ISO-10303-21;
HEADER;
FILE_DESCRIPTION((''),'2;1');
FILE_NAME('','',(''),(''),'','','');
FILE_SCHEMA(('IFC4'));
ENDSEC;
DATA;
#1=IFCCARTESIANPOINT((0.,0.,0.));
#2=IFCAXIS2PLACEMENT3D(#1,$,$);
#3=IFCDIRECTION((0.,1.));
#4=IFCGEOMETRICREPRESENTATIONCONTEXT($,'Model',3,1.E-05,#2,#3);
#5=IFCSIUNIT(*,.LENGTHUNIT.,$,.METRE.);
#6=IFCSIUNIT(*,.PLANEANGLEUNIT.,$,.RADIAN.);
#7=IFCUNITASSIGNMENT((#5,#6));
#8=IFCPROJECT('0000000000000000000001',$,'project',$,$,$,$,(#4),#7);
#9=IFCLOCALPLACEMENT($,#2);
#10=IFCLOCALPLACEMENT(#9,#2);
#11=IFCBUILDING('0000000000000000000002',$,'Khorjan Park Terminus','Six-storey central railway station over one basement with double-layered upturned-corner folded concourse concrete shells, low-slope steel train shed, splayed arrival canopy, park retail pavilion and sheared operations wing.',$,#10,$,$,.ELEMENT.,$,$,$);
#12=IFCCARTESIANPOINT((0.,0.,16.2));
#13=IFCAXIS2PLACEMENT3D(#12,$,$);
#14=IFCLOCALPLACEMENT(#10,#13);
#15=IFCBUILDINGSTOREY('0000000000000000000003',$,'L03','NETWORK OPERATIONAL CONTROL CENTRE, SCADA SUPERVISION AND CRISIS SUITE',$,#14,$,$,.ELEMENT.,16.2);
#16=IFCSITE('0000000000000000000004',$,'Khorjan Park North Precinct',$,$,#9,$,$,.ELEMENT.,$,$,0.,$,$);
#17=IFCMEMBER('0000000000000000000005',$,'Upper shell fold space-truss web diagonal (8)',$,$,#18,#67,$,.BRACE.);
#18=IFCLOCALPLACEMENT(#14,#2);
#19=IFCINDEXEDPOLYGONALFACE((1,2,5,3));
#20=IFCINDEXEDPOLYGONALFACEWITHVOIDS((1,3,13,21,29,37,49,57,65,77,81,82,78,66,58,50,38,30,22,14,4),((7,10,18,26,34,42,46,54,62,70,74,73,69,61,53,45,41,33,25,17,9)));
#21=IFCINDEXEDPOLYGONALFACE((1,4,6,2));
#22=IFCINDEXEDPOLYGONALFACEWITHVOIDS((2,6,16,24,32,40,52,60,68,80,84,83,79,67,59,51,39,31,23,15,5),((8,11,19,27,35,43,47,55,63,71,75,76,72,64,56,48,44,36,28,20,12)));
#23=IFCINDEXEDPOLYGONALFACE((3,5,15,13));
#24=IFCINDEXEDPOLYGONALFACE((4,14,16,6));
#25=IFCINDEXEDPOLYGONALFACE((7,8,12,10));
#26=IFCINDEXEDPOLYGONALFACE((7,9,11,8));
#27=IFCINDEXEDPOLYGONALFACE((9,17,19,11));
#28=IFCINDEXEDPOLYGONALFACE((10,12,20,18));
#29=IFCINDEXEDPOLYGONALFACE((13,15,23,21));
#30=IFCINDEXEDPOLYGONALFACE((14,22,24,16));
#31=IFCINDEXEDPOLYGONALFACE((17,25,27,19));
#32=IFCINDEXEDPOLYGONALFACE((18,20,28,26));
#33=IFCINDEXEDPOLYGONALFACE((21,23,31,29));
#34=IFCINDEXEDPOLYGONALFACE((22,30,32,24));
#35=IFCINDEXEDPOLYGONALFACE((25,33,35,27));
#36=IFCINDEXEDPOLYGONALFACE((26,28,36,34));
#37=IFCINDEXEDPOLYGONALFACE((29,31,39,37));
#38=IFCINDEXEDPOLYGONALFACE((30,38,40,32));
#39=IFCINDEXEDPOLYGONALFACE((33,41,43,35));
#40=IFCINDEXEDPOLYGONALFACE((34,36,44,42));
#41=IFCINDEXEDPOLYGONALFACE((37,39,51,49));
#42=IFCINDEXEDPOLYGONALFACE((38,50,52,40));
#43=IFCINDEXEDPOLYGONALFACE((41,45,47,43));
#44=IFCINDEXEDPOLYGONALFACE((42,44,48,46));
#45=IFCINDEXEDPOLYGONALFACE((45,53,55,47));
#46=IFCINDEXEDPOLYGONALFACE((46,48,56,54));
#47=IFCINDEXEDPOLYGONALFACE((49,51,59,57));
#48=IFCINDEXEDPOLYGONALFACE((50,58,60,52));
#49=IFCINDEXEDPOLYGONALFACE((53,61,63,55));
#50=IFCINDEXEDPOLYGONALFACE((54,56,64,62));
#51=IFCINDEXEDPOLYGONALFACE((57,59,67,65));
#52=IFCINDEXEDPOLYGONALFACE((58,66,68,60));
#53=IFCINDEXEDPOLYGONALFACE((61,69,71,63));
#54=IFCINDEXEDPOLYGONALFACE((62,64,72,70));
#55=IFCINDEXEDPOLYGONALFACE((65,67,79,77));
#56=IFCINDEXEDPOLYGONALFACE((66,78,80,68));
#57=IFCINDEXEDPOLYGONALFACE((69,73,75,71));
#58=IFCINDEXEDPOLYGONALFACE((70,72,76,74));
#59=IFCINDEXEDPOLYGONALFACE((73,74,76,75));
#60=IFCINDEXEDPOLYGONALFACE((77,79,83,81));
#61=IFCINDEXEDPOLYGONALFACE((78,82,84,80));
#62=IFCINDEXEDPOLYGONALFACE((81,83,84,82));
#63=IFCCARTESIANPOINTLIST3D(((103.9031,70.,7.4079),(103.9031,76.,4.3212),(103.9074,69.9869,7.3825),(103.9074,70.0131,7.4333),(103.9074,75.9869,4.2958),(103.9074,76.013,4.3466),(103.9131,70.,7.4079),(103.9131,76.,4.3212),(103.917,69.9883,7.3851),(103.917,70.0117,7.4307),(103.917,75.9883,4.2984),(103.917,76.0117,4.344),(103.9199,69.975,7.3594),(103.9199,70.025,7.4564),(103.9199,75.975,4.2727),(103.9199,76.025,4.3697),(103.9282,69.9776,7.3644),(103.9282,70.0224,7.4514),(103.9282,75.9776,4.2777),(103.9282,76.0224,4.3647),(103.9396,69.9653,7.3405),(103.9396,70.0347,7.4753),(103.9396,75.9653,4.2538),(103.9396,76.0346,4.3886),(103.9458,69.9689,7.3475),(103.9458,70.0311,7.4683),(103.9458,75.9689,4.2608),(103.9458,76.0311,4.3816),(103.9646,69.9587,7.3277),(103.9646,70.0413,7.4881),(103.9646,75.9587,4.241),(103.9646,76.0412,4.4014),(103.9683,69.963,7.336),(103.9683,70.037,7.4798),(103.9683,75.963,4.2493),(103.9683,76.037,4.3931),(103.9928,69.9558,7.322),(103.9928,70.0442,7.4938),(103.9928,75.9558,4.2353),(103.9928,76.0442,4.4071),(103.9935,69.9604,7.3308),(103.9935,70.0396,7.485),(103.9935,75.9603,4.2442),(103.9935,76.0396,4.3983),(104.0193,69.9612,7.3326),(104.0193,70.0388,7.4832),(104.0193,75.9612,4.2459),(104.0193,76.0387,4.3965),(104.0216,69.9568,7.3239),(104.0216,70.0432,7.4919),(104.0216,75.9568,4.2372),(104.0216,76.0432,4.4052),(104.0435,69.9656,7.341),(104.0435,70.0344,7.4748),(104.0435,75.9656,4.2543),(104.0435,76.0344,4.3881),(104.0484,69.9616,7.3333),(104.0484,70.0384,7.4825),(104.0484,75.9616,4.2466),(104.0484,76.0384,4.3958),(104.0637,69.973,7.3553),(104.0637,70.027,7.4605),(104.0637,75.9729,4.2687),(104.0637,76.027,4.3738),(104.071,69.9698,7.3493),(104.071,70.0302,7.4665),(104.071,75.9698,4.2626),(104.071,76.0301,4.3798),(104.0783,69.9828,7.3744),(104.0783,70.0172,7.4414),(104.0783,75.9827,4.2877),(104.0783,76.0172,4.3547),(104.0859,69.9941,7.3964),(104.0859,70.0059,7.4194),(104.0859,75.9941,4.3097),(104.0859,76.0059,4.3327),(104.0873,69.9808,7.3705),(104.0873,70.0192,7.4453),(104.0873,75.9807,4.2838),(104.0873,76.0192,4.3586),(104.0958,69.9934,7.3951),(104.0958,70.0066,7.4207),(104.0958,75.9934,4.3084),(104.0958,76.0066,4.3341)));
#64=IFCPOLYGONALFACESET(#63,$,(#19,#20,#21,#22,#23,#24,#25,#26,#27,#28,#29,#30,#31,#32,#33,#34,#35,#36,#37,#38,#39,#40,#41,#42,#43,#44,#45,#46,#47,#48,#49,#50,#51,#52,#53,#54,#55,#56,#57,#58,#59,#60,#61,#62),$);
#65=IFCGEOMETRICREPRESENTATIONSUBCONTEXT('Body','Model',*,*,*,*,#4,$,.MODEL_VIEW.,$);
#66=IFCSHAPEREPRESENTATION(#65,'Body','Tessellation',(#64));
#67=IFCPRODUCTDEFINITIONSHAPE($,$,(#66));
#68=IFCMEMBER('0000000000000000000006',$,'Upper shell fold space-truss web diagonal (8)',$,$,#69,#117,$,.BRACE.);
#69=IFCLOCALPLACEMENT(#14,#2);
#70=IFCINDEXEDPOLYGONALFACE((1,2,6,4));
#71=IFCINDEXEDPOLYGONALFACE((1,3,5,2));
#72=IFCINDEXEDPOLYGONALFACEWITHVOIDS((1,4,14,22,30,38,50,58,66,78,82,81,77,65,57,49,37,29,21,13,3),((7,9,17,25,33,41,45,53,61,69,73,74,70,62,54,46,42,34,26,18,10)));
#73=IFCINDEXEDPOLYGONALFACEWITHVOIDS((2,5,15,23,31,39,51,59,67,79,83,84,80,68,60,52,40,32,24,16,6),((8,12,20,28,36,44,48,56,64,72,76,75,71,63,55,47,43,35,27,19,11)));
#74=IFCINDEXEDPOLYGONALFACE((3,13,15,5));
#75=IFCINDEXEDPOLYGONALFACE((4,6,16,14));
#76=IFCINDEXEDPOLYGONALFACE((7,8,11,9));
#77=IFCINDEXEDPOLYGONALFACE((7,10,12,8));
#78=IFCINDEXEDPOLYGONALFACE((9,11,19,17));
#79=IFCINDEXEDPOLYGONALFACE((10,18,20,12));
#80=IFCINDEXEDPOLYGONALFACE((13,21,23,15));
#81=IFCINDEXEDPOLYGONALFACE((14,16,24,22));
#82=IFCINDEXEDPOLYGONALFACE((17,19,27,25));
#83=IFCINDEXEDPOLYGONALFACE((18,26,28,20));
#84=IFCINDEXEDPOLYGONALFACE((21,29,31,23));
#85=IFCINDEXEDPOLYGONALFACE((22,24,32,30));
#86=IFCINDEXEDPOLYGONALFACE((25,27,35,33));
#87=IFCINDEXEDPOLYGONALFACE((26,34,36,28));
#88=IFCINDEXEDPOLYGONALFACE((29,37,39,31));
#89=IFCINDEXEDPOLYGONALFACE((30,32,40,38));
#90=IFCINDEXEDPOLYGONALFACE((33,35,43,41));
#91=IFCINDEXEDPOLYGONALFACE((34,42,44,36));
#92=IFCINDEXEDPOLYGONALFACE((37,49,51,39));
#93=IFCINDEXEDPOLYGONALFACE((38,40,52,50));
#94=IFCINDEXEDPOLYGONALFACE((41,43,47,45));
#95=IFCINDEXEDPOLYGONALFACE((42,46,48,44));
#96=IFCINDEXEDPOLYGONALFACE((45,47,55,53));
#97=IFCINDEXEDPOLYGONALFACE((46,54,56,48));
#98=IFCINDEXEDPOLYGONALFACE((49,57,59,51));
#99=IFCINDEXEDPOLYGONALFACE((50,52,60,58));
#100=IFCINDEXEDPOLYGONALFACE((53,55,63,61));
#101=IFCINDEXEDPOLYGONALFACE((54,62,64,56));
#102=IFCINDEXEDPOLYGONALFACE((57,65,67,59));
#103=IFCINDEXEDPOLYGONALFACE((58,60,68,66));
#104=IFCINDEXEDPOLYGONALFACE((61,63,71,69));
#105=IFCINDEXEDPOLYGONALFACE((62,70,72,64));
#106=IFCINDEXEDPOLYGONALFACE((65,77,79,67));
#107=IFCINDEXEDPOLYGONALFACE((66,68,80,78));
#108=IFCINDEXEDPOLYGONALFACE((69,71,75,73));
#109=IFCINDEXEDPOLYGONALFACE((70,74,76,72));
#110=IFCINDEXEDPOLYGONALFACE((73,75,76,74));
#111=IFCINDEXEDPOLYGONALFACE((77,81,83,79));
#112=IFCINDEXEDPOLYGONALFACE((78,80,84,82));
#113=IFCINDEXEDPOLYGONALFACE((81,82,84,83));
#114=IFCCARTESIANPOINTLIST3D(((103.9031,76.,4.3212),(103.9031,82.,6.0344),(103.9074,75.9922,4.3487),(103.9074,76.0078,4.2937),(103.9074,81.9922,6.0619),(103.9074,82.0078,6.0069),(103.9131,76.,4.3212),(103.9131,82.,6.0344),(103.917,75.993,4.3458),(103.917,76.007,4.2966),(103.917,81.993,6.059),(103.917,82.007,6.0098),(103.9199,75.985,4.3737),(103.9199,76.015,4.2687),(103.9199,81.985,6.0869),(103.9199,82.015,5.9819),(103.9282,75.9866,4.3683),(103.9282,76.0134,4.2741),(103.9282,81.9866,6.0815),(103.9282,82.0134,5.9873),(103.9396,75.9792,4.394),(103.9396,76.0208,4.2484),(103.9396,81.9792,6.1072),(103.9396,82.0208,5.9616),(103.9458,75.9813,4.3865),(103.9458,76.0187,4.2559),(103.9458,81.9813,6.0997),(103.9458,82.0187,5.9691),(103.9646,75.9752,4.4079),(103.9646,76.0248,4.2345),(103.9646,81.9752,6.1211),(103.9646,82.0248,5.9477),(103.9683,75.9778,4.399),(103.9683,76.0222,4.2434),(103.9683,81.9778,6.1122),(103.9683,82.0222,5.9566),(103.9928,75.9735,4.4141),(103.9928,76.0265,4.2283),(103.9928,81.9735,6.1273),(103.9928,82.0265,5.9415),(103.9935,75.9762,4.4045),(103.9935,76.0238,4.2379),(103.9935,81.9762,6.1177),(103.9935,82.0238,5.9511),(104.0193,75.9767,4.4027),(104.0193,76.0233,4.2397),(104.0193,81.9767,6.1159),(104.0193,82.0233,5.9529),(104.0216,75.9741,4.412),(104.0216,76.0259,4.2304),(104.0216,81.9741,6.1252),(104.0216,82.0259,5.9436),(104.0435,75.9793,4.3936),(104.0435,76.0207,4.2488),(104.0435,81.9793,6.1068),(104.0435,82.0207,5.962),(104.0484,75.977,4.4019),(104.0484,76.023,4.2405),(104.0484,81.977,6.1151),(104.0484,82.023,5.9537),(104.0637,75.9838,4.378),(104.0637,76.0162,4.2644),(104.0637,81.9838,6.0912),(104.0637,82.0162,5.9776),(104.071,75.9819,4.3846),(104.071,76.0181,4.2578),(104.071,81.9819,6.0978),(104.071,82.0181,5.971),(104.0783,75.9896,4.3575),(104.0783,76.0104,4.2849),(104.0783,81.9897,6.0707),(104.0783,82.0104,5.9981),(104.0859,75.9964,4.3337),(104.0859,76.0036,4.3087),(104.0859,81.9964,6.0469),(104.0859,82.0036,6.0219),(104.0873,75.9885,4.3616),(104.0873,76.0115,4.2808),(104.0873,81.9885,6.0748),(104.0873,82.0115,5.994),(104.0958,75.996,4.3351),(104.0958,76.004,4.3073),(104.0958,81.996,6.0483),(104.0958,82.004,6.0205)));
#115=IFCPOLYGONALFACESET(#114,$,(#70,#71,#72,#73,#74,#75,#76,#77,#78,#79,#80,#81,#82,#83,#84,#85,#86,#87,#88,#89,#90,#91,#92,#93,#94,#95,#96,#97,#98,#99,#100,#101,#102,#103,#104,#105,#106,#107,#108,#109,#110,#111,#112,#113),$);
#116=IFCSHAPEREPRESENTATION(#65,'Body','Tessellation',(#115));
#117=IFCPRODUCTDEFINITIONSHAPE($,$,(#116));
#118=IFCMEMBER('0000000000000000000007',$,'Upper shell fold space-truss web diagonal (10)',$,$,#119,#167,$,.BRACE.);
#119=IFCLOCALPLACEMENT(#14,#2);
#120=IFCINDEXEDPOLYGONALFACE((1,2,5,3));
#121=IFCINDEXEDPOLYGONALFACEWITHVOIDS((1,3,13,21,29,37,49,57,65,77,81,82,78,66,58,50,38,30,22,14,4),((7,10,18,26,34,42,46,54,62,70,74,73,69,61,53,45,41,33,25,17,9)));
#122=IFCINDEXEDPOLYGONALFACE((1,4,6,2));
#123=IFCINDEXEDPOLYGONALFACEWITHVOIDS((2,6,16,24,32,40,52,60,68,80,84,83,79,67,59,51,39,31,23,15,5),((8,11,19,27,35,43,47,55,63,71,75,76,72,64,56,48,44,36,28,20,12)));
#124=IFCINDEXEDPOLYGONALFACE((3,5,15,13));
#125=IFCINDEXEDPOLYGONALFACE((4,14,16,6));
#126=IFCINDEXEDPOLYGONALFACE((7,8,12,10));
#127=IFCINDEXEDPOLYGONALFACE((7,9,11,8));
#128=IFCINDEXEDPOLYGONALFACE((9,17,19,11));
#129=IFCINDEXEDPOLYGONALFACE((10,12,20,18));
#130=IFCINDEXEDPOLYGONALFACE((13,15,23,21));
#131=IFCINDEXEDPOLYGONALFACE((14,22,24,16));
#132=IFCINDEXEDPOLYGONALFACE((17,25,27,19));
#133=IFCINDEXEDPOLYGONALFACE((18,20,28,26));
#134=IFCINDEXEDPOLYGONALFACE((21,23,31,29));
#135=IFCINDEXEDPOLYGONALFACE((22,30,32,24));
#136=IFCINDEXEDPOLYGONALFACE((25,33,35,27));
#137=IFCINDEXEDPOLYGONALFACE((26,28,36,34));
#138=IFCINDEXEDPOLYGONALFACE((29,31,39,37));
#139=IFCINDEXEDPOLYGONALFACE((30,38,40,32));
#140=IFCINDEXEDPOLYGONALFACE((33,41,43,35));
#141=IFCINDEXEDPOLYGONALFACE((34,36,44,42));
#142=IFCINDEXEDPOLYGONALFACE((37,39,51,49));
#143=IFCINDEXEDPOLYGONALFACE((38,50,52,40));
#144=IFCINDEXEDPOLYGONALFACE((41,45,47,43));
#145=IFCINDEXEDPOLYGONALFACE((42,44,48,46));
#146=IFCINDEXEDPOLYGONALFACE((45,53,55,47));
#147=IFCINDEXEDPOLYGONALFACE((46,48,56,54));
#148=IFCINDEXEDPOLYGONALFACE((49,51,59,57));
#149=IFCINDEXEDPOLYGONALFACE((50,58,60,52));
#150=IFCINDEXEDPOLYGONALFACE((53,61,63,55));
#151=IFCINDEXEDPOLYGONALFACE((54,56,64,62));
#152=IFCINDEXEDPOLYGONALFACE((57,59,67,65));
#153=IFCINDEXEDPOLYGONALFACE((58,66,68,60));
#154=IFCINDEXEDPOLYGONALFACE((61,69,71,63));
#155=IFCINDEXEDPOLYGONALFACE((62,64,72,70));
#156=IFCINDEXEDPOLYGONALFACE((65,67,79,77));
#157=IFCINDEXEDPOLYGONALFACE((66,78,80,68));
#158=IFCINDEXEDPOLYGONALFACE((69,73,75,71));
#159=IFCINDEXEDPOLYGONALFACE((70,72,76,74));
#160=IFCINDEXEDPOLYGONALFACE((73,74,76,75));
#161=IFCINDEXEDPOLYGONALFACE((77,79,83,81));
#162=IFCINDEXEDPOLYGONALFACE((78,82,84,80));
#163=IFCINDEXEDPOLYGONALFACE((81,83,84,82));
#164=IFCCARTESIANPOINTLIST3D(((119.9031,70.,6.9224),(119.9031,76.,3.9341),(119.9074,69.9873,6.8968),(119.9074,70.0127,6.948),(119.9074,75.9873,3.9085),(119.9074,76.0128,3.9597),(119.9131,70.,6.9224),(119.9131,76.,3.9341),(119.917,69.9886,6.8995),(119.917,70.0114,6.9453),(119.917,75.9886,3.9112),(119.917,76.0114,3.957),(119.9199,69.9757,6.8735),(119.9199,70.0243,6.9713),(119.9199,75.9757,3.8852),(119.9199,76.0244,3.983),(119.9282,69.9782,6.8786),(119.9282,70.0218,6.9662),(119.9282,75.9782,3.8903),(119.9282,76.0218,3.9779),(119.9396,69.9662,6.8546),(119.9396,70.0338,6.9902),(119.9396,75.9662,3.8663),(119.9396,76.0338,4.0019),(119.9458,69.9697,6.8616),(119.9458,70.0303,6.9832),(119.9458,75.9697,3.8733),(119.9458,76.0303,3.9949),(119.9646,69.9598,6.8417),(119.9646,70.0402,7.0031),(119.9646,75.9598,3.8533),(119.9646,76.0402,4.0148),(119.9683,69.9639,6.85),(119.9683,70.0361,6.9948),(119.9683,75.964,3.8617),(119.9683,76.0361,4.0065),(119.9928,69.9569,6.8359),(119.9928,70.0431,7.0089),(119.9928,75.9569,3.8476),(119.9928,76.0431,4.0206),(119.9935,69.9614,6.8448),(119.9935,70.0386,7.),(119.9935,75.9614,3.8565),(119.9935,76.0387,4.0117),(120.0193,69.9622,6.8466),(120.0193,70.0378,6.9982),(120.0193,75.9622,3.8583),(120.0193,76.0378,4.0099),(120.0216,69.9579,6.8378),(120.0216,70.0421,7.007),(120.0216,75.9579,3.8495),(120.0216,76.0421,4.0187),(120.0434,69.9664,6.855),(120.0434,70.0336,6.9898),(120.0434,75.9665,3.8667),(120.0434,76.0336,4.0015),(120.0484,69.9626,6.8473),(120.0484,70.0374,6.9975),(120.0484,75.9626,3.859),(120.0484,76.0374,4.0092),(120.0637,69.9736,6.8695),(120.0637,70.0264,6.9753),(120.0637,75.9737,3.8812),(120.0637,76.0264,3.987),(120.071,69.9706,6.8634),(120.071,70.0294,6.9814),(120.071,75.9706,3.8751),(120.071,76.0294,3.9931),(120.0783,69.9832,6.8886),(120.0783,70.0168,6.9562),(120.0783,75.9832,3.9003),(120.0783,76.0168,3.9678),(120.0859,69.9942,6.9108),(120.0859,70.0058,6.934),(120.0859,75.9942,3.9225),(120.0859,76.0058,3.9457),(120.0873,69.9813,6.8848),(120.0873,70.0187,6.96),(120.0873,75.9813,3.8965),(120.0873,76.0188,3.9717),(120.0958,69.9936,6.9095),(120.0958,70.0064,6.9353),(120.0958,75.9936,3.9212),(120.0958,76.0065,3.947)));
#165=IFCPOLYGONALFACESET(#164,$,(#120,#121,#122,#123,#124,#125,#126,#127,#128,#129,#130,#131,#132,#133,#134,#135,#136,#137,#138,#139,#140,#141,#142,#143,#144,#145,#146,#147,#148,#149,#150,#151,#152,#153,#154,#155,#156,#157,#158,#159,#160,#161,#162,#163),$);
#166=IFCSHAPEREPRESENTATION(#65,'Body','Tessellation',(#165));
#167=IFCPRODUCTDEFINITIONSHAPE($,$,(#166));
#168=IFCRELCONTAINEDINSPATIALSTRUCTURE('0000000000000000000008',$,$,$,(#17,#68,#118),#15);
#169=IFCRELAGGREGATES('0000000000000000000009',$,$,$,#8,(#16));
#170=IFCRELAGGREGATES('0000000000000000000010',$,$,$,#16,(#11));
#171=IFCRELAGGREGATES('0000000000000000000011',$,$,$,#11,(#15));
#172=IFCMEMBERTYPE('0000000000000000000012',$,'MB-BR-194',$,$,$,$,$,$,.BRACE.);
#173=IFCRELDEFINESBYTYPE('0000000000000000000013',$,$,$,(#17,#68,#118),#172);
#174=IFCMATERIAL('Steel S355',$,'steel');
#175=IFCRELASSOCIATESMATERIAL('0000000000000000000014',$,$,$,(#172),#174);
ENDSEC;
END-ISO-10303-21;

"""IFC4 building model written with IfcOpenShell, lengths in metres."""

from ifc_helpers import new_model, si_unit, direction, frame, origin, origin_2d, place, context, subcontext, project, spatial, hollow_circle, extrude, material, material_profile, profile_set, type_object, element, save


model = new_model("IFC4")

# Units and contexts
model_context = context("Model", 3, precision=1e-05, world=origin(), true_north=direction((0.0, 1.0)))
body_context = subcontext(model_context, "Body", "Model", "MODEL_VIEW")
ifc_project = project(units=[si_unit("LENGTHUNIT", "METRE"), si_unit("PLANEANGLEUNIT", "RADIAN")], contexts=[model_context])

# Site, building, storey
site_placement = place(None, origin())
site = spatial("IfcSite", under=ifc_project, at=site_placement, Name="Khorjan Park North Precinct", CompositionType="ELEMENT", RefElevation=0.0)
building_placement = place(site_placement, origin())
building = spatial("IfcBuilding", under=site, at=building_placement, Name="Khorjan Park Terminus", Description="Six-storey central railway station over one basement with double-layered upturned-corner folded concourse concrete shells, low-slope steel train shed, splayed arrival canopy, park retail pavilion and sheared operations wing.", CompositionType="ELEMENT")
storey_placement = place(building_placement, frame((0.0, 0.0, 16.2)))
storey = spatial("IfcBuildingStorey", under=building, at=storey_placement, Name="L03", Description="NETWORK OPERATIONAL CONTROL CENTRE, SCADA SUPERVISION AND CRISIS SUITE", CompositionType="ELEMENT", Elevation=16.2)

# Members
ifc_material = material(Name="Steel S355", Category="steel")
ifc_material_profile_1 = material_profile(ifc_material, hollow_circle(Radius=0.0969, WallThickness=0.01, at=origin_2d()), Name="CHS 193.7x10")
ifc_profile_set_1 = profile_set([ifc_material_profile_1], Name="Steel S355")
member_type_1 = type_object("IfcMemberType", Name="MB-BR-194", PredefinedType="BRACE", material=ifc_profile_set_1)
member_1_placement = place(storey_placement, frame((104.0, 70.0, 7.4079), z_axis=(0.0, 0.889228, -0.457464), x_axis=(-1.0, 0.0, 0.0)))
element("IfcMember", 1, at=member_1_placement, inside=storey, type_object=member_type_1, Name="Upper shell fold space-truss web diagonal (8)", PredefinedType="BRACE", context=body_context, shape_type="SweptSolid", body=[
    extrude(hollow_circle(Radius=0.0969, WallThickness=0.01, at=origin_2d()), origin(), (0.0, 0.0, 1.0), 6.7474),
])
member_2_placement = place(storey_placement, frame((104.0, 76.0, 4.3212), z_axis=(0.0, 0.96157, 0.27456), x_axis=(-1.0, 0.0, 0.0)))
element("IfcMember", 2, at=member_2_placement, inside=storey, type_object=member_type_1, Name="Upper shell fold space-truss web diagonal (8)", PredefinedType="BRACE", context=body_context, shape_type="SweptSolid", body=[
    extrude(hollow_circle(Radius=0.0969, WallThickness=0.01, at=origin_2d()), origin(), (0.0, 0.0, 1.0), 6.2398),
])
member_3_placement = place(storey_placement, frame((120.0, 70.0, 6.9224), z_axis=(0.0, 0.895124, -0.445817), x_axis=(-1.0, 0.0, 0.0)))
element("IfcMember", 3, at=member_3_placement, inside=storey, type_object=member_type_1, Name="Upper shell fold space-truss web diagonal (10)", PredefinedType="BRACE", context=body_context, shape_type="SweptSolid", body=[
    extrude(hollow_circle(Radius=0.0969, WallThickness=0.01, at=origin_2d()), origin(), (0.0, 0.0, 1.0), 6.703),
])

save(model, "model.ifc")
